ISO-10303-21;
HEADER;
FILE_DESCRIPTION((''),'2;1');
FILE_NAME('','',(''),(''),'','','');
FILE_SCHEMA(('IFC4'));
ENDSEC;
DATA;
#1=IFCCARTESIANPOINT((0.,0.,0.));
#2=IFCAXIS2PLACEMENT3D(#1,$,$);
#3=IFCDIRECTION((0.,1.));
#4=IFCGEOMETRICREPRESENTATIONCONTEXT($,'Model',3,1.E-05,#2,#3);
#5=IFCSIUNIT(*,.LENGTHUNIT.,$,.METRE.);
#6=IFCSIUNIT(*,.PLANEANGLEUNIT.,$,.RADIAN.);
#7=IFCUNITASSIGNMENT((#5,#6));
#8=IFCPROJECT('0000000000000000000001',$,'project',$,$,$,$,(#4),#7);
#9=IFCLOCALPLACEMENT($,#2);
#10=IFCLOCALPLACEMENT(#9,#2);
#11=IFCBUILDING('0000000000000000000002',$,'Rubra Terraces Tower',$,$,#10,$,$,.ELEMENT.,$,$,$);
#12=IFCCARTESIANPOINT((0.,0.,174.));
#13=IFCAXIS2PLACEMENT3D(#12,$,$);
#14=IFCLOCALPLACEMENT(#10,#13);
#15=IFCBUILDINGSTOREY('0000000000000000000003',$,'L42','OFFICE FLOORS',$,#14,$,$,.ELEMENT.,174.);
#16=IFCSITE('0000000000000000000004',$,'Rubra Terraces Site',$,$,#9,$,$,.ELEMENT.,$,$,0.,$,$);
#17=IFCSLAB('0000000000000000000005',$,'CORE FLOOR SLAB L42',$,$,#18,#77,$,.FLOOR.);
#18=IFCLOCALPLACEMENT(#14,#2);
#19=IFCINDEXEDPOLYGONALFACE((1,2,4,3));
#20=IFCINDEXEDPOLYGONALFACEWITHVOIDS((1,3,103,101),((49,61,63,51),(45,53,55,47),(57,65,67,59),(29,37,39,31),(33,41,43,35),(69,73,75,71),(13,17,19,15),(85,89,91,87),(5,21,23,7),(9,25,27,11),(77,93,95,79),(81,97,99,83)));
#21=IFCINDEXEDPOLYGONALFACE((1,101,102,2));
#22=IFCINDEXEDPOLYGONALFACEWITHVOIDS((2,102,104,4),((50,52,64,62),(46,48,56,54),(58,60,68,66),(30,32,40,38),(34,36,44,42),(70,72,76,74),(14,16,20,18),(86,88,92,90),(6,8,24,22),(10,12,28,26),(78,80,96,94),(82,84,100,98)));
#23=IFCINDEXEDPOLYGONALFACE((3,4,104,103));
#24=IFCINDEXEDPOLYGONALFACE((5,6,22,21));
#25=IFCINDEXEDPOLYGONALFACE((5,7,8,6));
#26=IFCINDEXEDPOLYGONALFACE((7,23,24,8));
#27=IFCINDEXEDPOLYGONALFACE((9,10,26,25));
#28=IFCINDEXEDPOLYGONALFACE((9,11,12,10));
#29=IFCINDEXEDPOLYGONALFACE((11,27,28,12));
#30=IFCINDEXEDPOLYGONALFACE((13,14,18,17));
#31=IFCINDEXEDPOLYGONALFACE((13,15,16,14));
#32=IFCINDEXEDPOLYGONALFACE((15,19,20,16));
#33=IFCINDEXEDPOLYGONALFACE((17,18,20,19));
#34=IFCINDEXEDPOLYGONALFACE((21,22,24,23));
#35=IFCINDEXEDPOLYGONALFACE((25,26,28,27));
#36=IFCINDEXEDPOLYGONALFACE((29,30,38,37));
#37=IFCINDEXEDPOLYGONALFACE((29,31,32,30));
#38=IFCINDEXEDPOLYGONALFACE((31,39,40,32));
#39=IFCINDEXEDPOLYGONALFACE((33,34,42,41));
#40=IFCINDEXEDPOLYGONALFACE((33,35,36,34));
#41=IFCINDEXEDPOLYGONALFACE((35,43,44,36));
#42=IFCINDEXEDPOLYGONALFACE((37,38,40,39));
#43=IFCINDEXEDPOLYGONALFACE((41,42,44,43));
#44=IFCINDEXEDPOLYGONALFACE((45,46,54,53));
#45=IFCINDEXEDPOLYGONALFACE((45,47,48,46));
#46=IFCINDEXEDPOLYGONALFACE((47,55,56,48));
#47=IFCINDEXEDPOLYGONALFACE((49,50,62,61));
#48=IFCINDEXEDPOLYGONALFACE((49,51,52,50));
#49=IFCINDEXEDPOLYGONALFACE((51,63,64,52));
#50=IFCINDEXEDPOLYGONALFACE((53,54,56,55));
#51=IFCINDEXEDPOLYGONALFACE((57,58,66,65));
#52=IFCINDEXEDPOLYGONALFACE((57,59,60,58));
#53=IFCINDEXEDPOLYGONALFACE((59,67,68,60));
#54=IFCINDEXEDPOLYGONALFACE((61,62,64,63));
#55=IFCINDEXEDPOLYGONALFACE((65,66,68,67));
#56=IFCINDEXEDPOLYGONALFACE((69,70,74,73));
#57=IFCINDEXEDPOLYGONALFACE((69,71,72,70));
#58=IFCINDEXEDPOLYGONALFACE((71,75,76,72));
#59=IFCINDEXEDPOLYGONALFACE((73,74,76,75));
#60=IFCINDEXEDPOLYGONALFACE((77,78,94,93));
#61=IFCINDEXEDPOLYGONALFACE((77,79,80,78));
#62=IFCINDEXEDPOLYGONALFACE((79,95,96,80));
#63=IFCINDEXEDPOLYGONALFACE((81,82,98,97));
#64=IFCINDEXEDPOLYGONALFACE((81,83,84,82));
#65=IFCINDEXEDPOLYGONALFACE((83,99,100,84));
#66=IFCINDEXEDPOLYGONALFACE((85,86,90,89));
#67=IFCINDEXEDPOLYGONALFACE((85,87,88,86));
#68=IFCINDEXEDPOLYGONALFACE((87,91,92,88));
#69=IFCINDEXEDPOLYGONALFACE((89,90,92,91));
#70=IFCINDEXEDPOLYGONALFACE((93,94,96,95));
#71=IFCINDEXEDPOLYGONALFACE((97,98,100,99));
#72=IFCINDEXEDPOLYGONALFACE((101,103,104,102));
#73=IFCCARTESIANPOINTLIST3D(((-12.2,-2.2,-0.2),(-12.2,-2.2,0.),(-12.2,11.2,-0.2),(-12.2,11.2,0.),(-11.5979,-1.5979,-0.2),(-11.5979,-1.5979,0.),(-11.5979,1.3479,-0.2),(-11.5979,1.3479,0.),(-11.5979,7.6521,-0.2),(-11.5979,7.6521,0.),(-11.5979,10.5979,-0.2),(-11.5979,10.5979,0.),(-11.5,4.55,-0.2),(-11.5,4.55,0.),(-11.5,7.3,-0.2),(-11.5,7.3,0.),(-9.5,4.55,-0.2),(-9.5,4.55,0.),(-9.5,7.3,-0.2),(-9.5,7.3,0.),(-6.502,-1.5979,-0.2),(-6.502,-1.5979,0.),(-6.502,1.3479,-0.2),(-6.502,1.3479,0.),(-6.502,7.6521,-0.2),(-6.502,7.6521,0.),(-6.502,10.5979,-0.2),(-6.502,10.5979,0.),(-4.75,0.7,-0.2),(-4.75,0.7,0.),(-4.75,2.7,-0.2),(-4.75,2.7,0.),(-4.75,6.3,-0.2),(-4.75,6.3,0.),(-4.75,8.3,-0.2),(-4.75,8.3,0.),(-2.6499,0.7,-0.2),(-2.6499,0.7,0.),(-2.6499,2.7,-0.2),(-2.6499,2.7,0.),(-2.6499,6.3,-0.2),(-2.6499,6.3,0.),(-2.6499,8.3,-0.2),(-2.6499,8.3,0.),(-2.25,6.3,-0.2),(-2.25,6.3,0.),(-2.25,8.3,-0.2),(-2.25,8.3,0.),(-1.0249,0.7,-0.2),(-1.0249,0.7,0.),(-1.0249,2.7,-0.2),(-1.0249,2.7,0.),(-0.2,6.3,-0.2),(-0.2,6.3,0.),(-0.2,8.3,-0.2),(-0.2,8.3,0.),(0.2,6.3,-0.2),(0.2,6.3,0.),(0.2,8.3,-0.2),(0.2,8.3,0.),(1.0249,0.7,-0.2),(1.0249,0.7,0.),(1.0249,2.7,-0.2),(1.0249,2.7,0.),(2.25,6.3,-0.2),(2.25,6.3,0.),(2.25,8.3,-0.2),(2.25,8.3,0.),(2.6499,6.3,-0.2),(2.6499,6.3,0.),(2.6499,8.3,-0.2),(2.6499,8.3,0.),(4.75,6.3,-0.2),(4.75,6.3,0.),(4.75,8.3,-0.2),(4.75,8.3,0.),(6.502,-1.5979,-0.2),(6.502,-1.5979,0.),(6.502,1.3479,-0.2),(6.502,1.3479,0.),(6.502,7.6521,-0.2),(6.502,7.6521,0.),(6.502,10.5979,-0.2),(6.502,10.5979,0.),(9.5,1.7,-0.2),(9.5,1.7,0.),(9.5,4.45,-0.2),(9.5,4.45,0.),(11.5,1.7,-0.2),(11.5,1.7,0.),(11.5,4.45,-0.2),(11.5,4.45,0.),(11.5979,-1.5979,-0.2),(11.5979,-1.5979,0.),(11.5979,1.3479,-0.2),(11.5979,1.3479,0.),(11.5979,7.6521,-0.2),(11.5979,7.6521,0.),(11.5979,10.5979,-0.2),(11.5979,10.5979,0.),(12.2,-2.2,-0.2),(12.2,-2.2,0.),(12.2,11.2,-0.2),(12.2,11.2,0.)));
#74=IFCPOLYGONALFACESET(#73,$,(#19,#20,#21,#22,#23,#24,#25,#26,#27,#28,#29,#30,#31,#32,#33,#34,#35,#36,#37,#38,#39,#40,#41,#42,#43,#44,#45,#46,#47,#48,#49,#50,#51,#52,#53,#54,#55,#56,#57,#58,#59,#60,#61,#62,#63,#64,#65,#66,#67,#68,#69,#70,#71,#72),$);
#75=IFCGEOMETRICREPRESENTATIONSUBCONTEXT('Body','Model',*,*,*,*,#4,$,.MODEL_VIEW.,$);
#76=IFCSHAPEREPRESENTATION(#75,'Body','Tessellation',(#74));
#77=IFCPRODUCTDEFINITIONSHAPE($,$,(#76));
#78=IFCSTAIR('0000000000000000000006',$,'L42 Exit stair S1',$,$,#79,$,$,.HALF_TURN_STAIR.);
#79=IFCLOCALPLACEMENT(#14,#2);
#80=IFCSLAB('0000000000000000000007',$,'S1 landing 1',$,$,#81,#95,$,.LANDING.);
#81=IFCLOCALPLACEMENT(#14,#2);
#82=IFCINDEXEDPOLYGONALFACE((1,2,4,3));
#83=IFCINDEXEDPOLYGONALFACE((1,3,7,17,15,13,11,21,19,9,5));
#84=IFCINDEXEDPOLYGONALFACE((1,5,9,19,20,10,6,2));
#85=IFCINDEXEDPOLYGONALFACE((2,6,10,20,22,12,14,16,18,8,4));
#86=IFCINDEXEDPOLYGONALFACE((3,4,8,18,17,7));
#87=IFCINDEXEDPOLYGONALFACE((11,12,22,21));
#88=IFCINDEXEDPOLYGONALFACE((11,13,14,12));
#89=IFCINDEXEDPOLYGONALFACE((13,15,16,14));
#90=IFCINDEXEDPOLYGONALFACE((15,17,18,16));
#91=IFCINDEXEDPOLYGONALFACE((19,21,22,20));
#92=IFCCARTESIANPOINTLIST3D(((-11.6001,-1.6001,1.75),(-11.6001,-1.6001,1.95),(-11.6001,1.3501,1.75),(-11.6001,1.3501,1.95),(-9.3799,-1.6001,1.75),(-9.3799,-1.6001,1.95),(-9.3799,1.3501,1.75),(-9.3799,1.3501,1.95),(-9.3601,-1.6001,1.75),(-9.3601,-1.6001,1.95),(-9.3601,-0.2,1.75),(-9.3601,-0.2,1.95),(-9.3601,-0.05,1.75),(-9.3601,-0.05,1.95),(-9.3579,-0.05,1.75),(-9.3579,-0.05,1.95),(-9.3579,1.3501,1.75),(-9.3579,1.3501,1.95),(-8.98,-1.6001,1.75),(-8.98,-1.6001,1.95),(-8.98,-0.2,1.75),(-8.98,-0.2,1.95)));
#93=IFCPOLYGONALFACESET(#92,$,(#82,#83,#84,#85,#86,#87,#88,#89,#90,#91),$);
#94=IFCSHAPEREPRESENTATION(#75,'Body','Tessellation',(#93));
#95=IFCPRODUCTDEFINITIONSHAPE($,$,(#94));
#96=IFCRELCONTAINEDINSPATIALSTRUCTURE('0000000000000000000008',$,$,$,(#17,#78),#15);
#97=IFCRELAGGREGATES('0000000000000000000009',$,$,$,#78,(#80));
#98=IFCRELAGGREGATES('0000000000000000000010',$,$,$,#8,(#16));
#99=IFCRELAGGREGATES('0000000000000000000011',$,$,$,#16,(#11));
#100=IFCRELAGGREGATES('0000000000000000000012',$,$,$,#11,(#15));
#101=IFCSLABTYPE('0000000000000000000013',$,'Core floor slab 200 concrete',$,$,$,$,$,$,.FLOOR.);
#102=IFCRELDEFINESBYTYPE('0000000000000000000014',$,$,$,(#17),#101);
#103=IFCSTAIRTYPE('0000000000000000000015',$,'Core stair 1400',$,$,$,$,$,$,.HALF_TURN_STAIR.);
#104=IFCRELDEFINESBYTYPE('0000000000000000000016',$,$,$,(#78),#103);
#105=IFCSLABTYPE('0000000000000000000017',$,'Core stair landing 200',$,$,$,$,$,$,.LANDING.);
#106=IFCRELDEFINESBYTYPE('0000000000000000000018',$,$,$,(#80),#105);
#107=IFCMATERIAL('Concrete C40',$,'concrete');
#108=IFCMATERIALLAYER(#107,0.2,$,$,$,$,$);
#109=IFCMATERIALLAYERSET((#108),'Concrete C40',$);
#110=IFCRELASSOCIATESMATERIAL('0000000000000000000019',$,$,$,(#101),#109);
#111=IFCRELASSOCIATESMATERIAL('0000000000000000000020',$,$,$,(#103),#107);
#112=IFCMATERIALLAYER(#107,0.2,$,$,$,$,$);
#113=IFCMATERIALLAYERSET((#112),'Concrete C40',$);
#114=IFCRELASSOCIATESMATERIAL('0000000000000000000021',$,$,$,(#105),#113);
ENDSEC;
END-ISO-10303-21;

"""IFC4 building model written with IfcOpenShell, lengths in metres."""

from ifc_helpers import new_model, si_unit, direction, frame, origin, place, context, subcontext, project, spatial, polyline, outline, extrude, material, layer, layer_set, type_object, element, aggregate, save


model = new_model("IFC4")

# Units and contexts
model_context = context("Model", 3, precision=1e-05, world=origin(), true_north=direction((0.0, 1.0)))
body_context = subcontext(model_context, "Body", "Model", "MODEL_VIEW")
ifc_project = project(units=[si_unit("LENGTHUNIT", "METRE"), si_unit("PLANEANGLEUNIT", "RADIAN")], contexts=[model_context])

# Site, building, storey
site_placement = place(None, origin())
site = spatial("IfcSite", under=ifc_project, at=site_placement, Name="Rubra Terraces Site", CompositionType="ELEMENT", RefElevation=0.0)
building_placement = place(site_placement, origin())
building = spatial("IfcBuilding", under=site, at=building_placement, Name="Rubra Terraces Tower", CompositionType="ELEMENT")
storey_placement = place(building_placement, frame((0.0, 0.0, 174.0)))
storey = spatial("IfcBuildingStorey", under=building, at=storey_placement, Name="L42", Description="OFFICE FLOORS", CompositionType="ELEMENT", Elevation=174.0)

# Slab
ifc_material_1 = material(Name="Concrete C40", Category="concrete")
ifc_layer_1 = layer(ifc_material_1, 0.2)
ifc_layer_set_1 = layer_set([ifc_layer_1], Name="Concrete C40")
slab_type_1 = type_object("IfcSlabType", Name="Core floor slab 200 concrete", PredefinedType="FLOOR", material=ifc_layer_set_1)
slab_1_placement = place(storey_placement, frame((0.0, 0.0, -0.2)))
element("IfcSlab", 1, at=slab_1_placement, inside=storey, type_object=slab_type_1, Name="CORE FLOOR SLAB L42", PredefinedType="FLOOR", context=body_context, shape_type="SweptSolid", body=[
    extrude(outline(polyline([(-12.2, -2.2), (-12.2, 11.2), (12.2, 11.2), (12.2, -2.2), (-12.2, -2.2)]), holes=[polyline([(11.5979, 1.3479), (6.502, 1.3479), (6.502, -1.5979), (11.5979, -1.5979), (11.5979, 1.3479)]), polyline([(11.5979, 7.6521), (11.5979, 10.5979), (6.502, 10.5979), (6.502, 7.6521), (11.5979, 7.6521)]), polyline([(9.5, 1.7), (11.5, 1.7), (11.5, 4.45), (9.5, 4.45), (9.5, 1.7)]), polyline([(4.75, 6.3), (4.75, 8.3), (2.6499, 8.3), (2.6499, 6.3), (4.75, 6.3)]), polyline([(2.25, 8.3), (0.2, 8.3), (0.2, 6.3), (2.25, 6.3), (2.25, 8.3)]), polyline([(1.0249, 0.7), (1.0249, 2.7), (-1.0249, 2.7), (-1.0249, 0.7), (1.0249, 0.7)]), polyline([(-0.2, 6.3), (-0.2, 8.3), (-2.25, 8.3), (-2.25, 6.3), (-0.2, 6.3)]), polyline([(-4.75, 8.3), (-4.75, 6.3), (-2.6499, 6.3), (-2.6499, 8.3), (-4.75, 8.3)]), polyline([(-2.6499, 0.7), (-2.6499, 2.7), (-4.75, 2.7), (-4.75, 0.7), (-2.6499, 0.7)]), polyline([(-11.5979, -1.5979), (-6.502, -1.5979), (-6.502, 1.3479), (-11.5979, 1.3479), (-11.5979, -1.5979)]), polyline([(-11.5979, 10.5979), (-11.5979, 7.6521), (-6.502, 7.6521), (-6.502, 10.5979), (-11.5979, 10.5979)]), polyline([(-9.5, 4.55), (-9.5, 7.3), (-11.5, 7.3), (-11.5, 4.55), (-9.5, 4.55)])]), origin(), (0.0, 0.0, 1.0), 0.2),
])

# Stair, slab
stair_type = type_object("IfcStairType", Name="Core stair 1400", PredefinedType="HALF_TURN_STAIR", material=ifc_material_1)
stair_placement = place(storey_placement, origin())
stair = element("IfcStair", 2, at=stair_placement, inside=storey, type_object=stair_type, Name="L42 Exit stair S1", PredefinedType="HALF_TURN_STAIR")
ifc_layer_2 = layer(ifc_material_1, 0.2)
ifc_layer_set_2 = layer_set([ifc_layer_2], Name="Concrete C40")
slab_type_2 = type_object("IfcSlabType", Name="Core stair landing 200", PredefinedType="LANDING", material=ifc_layer_set_2)
slab_2_placement = place(storey_placement, frame((0.0, 0.0, 1.75)))
slab_2 = element("IfcSlab", 3, at=slab_2_placement, type_object=slab_type_2, Name="S1 landing 1", PredefinedType="LANDING", context=body_context, shape_type="SweptSolid", body=[
    extrude(outline(polyline([(-8.98, -0.2), (-8.98, -1.6001), (-9.3601, -1.6001), (-9.3799, -1.6001), (-11.6001, -1.6001), (-11.6001, 1.3501), (-9.3799, 1.3501), (-9.3579, 1.3501), (-9.3579, -0.05), (-9.3601, -0.05), (-9.3601, -0.2), (-8.98, -0.2)])), origin(), (0.0, 0.0, 1.0), 0.2),
])

aggregate(stair, [slab_2])

save(model, "model.ifc")
